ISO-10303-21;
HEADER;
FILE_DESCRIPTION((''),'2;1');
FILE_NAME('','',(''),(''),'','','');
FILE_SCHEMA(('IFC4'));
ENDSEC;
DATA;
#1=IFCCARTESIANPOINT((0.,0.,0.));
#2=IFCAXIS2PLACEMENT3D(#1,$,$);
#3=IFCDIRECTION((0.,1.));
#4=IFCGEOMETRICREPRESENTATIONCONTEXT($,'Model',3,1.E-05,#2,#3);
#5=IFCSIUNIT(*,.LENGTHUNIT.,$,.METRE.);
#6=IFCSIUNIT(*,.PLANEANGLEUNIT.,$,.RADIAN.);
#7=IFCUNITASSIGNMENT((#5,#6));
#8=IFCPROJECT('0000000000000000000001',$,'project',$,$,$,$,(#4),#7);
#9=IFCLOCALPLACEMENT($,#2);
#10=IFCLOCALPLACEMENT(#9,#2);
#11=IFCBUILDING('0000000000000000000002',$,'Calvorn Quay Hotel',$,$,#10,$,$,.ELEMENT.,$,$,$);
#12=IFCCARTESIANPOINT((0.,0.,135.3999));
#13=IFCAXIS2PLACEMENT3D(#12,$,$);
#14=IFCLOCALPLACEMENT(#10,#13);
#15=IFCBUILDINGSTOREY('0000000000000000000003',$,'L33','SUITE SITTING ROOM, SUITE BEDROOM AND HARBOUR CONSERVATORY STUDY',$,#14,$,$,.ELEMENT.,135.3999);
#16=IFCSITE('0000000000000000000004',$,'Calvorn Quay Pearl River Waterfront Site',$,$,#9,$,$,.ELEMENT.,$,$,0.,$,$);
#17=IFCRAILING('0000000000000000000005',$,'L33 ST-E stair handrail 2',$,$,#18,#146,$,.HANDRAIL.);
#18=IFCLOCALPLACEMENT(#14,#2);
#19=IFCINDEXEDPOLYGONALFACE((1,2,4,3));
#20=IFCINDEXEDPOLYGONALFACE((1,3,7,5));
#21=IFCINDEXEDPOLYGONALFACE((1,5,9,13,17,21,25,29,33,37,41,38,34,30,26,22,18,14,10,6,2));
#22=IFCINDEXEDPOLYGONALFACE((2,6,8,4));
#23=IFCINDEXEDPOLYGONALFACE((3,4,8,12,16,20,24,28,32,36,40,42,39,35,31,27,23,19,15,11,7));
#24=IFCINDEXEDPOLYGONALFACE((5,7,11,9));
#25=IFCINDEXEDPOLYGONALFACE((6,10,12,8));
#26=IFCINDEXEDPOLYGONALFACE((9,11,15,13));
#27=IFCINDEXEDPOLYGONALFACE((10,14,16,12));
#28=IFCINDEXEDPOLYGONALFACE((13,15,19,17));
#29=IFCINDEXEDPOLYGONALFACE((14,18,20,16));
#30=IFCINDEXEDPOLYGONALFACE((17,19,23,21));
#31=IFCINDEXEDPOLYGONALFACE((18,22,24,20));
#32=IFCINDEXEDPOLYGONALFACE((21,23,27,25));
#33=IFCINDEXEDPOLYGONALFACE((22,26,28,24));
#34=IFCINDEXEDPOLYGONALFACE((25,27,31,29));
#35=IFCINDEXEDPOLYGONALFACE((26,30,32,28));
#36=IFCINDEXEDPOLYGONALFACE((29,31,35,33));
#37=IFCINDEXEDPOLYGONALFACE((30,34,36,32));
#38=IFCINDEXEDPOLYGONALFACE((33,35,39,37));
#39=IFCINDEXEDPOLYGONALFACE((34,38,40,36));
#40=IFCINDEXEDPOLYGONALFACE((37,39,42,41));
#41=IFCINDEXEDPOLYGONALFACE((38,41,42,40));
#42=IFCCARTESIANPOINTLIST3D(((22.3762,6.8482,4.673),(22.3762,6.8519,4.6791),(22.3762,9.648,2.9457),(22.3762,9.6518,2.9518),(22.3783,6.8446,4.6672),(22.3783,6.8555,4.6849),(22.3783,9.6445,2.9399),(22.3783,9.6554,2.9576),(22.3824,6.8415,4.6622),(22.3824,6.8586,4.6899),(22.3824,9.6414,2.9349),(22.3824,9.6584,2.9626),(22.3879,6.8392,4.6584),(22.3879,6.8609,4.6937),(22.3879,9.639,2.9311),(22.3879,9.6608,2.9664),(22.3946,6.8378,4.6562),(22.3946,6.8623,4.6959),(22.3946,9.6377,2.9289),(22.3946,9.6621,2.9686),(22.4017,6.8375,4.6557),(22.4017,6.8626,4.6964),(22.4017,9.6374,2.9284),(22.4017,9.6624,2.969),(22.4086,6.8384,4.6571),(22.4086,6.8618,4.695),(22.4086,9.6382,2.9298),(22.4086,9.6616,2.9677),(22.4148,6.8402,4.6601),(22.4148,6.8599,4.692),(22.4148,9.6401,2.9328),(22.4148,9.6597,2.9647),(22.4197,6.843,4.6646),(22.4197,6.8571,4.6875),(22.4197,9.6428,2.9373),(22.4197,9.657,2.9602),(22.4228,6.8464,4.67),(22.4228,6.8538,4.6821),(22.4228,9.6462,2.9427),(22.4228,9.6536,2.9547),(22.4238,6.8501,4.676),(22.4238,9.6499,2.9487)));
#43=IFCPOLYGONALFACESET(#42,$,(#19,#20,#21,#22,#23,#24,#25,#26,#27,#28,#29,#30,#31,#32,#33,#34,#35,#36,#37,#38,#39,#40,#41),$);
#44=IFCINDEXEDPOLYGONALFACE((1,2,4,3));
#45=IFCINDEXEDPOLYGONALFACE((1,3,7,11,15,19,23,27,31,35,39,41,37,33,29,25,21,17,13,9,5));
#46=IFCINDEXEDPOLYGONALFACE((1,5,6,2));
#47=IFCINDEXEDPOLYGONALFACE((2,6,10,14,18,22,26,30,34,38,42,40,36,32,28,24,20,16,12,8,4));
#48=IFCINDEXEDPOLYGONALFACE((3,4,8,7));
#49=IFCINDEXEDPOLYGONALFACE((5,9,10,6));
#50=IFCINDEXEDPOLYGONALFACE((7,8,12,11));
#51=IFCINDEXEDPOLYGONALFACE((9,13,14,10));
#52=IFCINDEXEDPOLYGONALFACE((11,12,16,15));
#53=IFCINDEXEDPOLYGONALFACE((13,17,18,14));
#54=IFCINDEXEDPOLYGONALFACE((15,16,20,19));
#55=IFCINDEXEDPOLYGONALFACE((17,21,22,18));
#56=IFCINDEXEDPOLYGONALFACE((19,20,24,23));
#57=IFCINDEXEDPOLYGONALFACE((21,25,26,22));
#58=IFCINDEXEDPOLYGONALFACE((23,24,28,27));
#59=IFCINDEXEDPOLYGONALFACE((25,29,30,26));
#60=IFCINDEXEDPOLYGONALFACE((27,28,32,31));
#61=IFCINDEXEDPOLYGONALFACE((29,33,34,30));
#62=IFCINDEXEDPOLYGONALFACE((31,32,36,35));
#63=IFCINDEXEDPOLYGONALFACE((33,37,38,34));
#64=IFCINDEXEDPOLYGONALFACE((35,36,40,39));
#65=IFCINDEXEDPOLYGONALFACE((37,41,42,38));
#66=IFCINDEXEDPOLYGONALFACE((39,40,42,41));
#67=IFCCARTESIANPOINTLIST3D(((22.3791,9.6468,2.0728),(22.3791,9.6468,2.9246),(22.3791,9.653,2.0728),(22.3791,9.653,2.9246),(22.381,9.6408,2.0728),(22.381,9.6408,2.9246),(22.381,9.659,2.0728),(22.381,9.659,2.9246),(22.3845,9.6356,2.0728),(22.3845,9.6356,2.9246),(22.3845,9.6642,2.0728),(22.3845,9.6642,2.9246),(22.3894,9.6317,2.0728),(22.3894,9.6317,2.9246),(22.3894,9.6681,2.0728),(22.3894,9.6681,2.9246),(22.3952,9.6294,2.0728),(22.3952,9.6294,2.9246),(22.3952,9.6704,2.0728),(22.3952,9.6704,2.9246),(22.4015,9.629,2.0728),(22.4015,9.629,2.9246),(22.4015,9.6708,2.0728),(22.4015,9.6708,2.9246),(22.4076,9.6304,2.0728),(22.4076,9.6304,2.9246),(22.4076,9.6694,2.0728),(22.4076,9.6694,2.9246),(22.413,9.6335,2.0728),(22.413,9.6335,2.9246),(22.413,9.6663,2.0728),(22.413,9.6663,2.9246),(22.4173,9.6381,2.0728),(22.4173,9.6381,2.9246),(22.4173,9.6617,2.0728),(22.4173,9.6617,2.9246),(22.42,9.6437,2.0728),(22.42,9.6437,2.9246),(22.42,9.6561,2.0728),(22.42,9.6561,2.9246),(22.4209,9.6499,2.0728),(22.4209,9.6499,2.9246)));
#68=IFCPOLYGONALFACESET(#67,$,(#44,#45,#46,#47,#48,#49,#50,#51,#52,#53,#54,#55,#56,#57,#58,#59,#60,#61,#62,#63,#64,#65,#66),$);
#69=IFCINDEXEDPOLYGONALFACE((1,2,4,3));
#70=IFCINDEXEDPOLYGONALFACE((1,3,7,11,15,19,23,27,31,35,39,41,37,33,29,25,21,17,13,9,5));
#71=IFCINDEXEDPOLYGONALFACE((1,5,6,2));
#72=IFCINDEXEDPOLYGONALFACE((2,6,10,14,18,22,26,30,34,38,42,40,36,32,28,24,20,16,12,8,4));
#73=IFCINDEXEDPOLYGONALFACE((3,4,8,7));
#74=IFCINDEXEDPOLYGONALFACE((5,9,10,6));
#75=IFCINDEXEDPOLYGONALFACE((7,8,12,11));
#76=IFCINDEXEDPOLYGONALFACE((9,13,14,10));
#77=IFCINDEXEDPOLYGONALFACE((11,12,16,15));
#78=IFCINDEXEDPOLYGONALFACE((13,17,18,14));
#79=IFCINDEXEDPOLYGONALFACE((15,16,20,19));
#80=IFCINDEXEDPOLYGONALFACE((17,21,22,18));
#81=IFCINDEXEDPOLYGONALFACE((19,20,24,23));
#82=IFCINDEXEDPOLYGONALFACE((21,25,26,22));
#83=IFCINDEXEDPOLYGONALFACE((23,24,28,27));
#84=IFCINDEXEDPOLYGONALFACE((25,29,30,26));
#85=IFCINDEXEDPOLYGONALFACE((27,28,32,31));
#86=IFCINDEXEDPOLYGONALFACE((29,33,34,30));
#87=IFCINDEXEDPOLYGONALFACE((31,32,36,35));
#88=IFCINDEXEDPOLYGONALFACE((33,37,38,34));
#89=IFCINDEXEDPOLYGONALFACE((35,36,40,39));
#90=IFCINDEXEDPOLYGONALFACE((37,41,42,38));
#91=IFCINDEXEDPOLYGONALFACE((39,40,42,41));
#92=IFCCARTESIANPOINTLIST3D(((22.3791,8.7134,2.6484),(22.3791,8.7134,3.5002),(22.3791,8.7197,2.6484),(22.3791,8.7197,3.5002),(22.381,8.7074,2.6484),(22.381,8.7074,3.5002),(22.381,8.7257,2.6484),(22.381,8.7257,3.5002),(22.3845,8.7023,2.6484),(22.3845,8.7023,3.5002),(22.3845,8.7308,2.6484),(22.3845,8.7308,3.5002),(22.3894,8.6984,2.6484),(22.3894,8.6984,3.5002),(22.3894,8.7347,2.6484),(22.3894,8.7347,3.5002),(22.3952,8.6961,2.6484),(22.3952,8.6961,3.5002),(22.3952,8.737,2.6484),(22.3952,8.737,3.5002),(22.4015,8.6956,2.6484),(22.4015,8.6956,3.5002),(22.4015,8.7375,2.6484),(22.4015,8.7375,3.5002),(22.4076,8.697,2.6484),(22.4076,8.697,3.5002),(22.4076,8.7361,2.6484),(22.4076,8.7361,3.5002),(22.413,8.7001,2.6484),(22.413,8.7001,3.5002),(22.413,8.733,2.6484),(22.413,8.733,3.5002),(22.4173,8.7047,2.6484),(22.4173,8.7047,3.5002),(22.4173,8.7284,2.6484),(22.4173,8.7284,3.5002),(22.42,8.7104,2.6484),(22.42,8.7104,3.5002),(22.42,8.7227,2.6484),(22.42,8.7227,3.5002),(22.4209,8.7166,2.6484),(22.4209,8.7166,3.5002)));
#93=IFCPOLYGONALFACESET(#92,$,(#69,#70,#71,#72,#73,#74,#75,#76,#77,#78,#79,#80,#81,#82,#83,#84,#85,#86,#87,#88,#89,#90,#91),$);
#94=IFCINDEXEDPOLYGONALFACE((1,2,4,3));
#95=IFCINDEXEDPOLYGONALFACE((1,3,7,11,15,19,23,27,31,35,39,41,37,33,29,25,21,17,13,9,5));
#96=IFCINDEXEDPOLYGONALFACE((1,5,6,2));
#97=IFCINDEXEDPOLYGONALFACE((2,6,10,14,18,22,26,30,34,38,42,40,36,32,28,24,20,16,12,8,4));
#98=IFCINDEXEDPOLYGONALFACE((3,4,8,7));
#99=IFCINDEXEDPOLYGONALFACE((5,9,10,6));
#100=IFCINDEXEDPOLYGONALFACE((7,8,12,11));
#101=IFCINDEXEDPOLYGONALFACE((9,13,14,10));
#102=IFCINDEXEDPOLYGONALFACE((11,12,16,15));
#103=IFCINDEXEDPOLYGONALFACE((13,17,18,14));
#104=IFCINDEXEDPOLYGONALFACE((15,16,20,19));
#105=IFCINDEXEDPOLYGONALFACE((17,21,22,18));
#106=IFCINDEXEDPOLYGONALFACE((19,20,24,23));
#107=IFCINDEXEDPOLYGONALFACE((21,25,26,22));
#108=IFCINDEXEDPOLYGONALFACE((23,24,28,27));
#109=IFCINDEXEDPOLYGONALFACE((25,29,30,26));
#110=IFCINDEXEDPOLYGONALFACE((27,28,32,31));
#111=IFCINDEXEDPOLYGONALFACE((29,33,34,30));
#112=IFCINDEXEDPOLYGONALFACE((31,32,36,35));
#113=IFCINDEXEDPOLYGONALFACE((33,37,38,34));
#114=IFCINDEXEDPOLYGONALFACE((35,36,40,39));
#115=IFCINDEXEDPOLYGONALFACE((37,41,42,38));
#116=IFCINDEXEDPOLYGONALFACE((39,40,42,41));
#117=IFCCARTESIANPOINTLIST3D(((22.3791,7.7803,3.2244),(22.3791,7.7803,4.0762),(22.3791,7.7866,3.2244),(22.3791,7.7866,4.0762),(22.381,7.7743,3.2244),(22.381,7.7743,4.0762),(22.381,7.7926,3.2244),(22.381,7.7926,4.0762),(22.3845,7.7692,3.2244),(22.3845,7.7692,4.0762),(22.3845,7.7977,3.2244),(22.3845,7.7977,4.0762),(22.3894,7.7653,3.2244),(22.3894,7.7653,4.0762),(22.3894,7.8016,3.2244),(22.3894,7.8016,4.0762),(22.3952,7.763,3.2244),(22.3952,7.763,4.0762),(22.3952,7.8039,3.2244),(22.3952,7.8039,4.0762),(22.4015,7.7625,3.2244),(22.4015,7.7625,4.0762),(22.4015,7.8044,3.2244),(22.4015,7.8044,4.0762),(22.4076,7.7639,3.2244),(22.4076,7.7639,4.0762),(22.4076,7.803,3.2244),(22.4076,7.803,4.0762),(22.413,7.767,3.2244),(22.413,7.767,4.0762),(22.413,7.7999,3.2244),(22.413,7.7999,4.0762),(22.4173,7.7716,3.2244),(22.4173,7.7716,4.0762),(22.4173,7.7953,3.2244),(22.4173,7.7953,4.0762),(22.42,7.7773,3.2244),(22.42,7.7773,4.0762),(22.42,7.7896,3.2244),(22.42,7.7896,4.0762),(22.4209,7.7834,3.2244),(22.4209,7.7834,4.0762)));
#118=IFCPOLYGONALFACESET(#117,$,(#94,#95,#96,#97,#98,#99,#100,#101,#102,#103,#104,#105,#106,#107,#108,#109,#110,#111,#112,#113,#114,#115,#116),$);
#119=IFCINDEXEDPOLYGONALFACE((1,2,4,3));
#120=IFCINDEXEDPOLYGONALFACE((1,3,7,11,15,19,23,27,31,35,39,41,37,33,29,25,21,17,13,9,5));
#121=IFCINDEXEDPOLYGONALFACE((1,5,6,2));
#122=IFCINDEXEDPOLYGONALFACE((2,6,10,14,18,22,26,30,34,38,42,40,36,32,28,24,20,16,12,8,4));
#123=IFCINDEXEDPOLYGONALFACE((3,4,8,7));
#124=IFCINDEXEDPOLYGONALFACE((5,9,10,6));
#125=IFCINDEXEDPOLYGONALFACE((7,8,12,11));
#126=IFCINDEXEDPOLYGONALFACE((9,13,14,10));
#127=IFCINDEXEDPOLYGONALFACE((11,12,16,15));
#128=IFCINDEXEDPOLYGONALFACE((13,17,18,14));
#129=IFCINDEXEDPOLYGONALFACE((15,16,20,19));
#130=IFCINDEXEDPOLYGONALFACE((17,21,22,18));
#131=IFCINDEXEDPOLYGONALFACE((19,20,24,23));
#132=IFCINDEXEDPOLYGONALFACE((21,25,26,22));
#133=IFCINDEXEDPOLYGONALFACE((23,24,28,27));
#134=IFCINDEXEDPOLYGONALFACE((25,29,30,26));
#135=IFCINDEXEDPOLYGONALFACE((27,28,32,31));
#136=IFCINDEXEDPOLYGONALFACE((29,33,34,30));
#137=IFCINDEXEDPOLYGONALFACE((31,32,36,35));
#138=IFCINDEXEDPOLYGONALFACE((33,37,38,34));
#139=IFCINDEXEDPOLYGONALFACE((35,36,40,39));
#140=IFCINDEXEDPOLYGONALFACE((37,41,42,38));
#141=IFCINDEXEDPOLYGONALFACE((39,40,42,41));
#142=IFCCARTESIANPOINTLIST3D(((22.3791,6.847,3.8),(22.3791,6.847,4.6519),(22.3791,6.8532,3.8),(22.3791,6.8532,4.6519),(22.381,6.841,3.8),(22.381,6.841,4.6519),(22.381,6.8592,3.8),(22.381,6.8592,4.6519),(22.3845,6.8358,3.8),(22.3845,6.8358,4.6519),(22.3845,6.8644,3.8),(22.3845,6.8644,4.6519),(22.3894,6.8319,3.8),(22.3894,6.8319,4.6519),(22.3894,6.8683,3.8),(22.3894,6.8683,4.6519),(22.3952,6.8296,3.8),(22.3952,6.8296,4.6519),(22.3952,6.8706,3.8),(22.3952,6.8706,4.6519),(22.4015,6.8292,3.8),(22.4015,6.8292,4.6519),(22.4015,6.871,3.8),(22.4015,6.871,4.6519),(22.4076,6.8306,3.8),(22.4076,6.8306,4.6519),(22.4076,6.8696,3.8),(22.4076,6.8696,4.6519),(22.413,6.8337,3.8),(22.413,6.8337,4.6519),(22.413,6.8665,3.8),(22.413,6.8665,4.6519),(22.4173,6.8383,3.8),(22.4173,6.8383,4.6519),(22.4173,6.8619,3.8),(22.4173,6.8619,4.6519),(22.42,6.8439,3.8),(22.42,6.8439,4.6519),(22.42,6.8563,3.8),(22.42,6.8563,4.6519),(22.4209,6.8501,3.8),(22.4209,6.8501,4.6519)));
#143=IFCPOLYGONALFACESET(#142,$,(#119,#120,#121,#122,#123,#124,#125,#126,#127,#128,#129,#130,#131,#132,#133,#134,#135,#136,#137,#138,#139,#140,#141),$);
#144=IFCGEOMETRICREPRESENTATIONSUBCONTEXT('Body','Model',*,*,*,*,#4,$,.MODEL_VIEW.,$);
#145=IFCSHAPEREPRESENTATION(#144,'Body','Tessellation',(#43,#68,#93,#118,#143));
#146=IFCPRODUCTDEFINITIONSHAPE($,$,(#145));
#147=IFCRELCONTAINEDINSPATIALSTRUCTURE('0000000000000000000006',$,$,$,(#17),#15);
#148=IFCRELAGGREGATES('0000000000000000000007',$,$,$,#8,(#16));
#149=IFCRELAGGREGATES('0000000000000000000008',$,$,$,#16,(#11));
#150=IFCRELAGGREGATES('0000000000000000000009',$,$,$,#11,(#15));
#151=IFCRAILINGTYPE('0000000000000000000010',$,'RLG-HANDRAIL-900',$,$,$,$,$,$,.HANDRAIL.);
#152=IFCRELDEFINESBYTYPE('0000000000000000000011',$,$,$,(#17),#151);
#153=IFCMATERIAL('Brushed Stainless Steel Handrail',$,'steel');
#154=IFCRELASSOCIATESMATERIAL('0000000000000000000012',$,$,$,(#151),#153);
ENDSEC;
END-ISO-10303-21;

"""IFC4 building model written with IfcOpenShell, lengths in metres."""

from ifc_helpers import new_model, si_unit, direction, frame, origin, origin_2d, place, context, subcontext, project, spatial, circle, extrude, material, type_object, element, save


model = new_model("IFC4")

# Units and contexts
model_context = context("Model", 3, precision=1e-05, world=origin(), true_north=direction((0.0, 1.0)))
body_context = subcontext(model_context, "Body", "Model", "MODEL_VIEW")
ifc_project = project(units=[si_unit("LENGTHUNIT", "METRE"), si_unit("PLANEANGLEUNIT", "RADIAN")], contexts=[model_context])

# Site, building, storey
site_placement = place(None, origin())
site = spatial("IfcSite", under=ifc_project, at=site_placement, Name="Calvorn Quay Pearl River Waterfront Site", CompositionType="ELEMENT", RefElevation=0.0)
building_placement = place(site_placement, origin())
building = spatial("IfcBuilding", under=site, at=building_placement, Name="Calvorn Quay Hotel", CompositionType="ELEMENT")
storey_placement = place(building_placement, frame((0.0, 0.0, 135.3999)))
storey = spatial("IfcBuildingStorey", under=building, at=storey_placement, Name="L33", Description="SUITE SITTING ROOM, SUITE BEDROOM AND HARBOUR CONSERVATORY STUDY", CompositionType="ELEMENT", Elevation=135.3999)

# Railing
ifc_material_1 = material(Name="Brushed Stainless Steel Handrail", Category="steel")
railing_type_1 = type_object("IfcRailingType", Name="RLG-HANDRAIL-900", PredefinedType="HANDRAIL", material=ifc_material_1)
railing_1_placement = place(storey_placement, frame((22.3999, 9.6499, 2.0728)))
element("IfcRailing", 1, at=railing_1_placement, inside=storey, type_object=railing_type_1, Name="L33 ST-E stair handrail 2", PredefinedType="HANDRAIL", context=body_context, shape_type="SweptSolid", body=[
    extrude(circle(Radius=0.0239, at=origin_2d()), frame((0.0, 0.0, 0.876), z_axis=(0.0, -0.851069, 0.525054), x_axis=(1.0, 0.0, 0.0)), (0.0, 0.0, 1.0), 3.2898),
    extrude(circle(Radius=0.021, at=origin_2d()), origin(), (0.0, 0.0, 1.0), 0.8518),
    extrude(circle(Radius=0.021, at=origin_2d()), frame((0.0, -0.9333, 0.5757)), (0.0, 0.0, 1.0), 0.8518),
    extrude(circle(Radius=0.021, at=origin_2d()), frame((0.0, -1.8665, 1.1516)), (0.0, 0.0, 1.0), 0.8518),
    extrude(circle(Radius=0.021, at=origin_2d()), frame((0.0, -2.7998, 1.7273)), (0.0, 0.0, 1.0), 0.8518),
])

save(model, "model.ifc")
